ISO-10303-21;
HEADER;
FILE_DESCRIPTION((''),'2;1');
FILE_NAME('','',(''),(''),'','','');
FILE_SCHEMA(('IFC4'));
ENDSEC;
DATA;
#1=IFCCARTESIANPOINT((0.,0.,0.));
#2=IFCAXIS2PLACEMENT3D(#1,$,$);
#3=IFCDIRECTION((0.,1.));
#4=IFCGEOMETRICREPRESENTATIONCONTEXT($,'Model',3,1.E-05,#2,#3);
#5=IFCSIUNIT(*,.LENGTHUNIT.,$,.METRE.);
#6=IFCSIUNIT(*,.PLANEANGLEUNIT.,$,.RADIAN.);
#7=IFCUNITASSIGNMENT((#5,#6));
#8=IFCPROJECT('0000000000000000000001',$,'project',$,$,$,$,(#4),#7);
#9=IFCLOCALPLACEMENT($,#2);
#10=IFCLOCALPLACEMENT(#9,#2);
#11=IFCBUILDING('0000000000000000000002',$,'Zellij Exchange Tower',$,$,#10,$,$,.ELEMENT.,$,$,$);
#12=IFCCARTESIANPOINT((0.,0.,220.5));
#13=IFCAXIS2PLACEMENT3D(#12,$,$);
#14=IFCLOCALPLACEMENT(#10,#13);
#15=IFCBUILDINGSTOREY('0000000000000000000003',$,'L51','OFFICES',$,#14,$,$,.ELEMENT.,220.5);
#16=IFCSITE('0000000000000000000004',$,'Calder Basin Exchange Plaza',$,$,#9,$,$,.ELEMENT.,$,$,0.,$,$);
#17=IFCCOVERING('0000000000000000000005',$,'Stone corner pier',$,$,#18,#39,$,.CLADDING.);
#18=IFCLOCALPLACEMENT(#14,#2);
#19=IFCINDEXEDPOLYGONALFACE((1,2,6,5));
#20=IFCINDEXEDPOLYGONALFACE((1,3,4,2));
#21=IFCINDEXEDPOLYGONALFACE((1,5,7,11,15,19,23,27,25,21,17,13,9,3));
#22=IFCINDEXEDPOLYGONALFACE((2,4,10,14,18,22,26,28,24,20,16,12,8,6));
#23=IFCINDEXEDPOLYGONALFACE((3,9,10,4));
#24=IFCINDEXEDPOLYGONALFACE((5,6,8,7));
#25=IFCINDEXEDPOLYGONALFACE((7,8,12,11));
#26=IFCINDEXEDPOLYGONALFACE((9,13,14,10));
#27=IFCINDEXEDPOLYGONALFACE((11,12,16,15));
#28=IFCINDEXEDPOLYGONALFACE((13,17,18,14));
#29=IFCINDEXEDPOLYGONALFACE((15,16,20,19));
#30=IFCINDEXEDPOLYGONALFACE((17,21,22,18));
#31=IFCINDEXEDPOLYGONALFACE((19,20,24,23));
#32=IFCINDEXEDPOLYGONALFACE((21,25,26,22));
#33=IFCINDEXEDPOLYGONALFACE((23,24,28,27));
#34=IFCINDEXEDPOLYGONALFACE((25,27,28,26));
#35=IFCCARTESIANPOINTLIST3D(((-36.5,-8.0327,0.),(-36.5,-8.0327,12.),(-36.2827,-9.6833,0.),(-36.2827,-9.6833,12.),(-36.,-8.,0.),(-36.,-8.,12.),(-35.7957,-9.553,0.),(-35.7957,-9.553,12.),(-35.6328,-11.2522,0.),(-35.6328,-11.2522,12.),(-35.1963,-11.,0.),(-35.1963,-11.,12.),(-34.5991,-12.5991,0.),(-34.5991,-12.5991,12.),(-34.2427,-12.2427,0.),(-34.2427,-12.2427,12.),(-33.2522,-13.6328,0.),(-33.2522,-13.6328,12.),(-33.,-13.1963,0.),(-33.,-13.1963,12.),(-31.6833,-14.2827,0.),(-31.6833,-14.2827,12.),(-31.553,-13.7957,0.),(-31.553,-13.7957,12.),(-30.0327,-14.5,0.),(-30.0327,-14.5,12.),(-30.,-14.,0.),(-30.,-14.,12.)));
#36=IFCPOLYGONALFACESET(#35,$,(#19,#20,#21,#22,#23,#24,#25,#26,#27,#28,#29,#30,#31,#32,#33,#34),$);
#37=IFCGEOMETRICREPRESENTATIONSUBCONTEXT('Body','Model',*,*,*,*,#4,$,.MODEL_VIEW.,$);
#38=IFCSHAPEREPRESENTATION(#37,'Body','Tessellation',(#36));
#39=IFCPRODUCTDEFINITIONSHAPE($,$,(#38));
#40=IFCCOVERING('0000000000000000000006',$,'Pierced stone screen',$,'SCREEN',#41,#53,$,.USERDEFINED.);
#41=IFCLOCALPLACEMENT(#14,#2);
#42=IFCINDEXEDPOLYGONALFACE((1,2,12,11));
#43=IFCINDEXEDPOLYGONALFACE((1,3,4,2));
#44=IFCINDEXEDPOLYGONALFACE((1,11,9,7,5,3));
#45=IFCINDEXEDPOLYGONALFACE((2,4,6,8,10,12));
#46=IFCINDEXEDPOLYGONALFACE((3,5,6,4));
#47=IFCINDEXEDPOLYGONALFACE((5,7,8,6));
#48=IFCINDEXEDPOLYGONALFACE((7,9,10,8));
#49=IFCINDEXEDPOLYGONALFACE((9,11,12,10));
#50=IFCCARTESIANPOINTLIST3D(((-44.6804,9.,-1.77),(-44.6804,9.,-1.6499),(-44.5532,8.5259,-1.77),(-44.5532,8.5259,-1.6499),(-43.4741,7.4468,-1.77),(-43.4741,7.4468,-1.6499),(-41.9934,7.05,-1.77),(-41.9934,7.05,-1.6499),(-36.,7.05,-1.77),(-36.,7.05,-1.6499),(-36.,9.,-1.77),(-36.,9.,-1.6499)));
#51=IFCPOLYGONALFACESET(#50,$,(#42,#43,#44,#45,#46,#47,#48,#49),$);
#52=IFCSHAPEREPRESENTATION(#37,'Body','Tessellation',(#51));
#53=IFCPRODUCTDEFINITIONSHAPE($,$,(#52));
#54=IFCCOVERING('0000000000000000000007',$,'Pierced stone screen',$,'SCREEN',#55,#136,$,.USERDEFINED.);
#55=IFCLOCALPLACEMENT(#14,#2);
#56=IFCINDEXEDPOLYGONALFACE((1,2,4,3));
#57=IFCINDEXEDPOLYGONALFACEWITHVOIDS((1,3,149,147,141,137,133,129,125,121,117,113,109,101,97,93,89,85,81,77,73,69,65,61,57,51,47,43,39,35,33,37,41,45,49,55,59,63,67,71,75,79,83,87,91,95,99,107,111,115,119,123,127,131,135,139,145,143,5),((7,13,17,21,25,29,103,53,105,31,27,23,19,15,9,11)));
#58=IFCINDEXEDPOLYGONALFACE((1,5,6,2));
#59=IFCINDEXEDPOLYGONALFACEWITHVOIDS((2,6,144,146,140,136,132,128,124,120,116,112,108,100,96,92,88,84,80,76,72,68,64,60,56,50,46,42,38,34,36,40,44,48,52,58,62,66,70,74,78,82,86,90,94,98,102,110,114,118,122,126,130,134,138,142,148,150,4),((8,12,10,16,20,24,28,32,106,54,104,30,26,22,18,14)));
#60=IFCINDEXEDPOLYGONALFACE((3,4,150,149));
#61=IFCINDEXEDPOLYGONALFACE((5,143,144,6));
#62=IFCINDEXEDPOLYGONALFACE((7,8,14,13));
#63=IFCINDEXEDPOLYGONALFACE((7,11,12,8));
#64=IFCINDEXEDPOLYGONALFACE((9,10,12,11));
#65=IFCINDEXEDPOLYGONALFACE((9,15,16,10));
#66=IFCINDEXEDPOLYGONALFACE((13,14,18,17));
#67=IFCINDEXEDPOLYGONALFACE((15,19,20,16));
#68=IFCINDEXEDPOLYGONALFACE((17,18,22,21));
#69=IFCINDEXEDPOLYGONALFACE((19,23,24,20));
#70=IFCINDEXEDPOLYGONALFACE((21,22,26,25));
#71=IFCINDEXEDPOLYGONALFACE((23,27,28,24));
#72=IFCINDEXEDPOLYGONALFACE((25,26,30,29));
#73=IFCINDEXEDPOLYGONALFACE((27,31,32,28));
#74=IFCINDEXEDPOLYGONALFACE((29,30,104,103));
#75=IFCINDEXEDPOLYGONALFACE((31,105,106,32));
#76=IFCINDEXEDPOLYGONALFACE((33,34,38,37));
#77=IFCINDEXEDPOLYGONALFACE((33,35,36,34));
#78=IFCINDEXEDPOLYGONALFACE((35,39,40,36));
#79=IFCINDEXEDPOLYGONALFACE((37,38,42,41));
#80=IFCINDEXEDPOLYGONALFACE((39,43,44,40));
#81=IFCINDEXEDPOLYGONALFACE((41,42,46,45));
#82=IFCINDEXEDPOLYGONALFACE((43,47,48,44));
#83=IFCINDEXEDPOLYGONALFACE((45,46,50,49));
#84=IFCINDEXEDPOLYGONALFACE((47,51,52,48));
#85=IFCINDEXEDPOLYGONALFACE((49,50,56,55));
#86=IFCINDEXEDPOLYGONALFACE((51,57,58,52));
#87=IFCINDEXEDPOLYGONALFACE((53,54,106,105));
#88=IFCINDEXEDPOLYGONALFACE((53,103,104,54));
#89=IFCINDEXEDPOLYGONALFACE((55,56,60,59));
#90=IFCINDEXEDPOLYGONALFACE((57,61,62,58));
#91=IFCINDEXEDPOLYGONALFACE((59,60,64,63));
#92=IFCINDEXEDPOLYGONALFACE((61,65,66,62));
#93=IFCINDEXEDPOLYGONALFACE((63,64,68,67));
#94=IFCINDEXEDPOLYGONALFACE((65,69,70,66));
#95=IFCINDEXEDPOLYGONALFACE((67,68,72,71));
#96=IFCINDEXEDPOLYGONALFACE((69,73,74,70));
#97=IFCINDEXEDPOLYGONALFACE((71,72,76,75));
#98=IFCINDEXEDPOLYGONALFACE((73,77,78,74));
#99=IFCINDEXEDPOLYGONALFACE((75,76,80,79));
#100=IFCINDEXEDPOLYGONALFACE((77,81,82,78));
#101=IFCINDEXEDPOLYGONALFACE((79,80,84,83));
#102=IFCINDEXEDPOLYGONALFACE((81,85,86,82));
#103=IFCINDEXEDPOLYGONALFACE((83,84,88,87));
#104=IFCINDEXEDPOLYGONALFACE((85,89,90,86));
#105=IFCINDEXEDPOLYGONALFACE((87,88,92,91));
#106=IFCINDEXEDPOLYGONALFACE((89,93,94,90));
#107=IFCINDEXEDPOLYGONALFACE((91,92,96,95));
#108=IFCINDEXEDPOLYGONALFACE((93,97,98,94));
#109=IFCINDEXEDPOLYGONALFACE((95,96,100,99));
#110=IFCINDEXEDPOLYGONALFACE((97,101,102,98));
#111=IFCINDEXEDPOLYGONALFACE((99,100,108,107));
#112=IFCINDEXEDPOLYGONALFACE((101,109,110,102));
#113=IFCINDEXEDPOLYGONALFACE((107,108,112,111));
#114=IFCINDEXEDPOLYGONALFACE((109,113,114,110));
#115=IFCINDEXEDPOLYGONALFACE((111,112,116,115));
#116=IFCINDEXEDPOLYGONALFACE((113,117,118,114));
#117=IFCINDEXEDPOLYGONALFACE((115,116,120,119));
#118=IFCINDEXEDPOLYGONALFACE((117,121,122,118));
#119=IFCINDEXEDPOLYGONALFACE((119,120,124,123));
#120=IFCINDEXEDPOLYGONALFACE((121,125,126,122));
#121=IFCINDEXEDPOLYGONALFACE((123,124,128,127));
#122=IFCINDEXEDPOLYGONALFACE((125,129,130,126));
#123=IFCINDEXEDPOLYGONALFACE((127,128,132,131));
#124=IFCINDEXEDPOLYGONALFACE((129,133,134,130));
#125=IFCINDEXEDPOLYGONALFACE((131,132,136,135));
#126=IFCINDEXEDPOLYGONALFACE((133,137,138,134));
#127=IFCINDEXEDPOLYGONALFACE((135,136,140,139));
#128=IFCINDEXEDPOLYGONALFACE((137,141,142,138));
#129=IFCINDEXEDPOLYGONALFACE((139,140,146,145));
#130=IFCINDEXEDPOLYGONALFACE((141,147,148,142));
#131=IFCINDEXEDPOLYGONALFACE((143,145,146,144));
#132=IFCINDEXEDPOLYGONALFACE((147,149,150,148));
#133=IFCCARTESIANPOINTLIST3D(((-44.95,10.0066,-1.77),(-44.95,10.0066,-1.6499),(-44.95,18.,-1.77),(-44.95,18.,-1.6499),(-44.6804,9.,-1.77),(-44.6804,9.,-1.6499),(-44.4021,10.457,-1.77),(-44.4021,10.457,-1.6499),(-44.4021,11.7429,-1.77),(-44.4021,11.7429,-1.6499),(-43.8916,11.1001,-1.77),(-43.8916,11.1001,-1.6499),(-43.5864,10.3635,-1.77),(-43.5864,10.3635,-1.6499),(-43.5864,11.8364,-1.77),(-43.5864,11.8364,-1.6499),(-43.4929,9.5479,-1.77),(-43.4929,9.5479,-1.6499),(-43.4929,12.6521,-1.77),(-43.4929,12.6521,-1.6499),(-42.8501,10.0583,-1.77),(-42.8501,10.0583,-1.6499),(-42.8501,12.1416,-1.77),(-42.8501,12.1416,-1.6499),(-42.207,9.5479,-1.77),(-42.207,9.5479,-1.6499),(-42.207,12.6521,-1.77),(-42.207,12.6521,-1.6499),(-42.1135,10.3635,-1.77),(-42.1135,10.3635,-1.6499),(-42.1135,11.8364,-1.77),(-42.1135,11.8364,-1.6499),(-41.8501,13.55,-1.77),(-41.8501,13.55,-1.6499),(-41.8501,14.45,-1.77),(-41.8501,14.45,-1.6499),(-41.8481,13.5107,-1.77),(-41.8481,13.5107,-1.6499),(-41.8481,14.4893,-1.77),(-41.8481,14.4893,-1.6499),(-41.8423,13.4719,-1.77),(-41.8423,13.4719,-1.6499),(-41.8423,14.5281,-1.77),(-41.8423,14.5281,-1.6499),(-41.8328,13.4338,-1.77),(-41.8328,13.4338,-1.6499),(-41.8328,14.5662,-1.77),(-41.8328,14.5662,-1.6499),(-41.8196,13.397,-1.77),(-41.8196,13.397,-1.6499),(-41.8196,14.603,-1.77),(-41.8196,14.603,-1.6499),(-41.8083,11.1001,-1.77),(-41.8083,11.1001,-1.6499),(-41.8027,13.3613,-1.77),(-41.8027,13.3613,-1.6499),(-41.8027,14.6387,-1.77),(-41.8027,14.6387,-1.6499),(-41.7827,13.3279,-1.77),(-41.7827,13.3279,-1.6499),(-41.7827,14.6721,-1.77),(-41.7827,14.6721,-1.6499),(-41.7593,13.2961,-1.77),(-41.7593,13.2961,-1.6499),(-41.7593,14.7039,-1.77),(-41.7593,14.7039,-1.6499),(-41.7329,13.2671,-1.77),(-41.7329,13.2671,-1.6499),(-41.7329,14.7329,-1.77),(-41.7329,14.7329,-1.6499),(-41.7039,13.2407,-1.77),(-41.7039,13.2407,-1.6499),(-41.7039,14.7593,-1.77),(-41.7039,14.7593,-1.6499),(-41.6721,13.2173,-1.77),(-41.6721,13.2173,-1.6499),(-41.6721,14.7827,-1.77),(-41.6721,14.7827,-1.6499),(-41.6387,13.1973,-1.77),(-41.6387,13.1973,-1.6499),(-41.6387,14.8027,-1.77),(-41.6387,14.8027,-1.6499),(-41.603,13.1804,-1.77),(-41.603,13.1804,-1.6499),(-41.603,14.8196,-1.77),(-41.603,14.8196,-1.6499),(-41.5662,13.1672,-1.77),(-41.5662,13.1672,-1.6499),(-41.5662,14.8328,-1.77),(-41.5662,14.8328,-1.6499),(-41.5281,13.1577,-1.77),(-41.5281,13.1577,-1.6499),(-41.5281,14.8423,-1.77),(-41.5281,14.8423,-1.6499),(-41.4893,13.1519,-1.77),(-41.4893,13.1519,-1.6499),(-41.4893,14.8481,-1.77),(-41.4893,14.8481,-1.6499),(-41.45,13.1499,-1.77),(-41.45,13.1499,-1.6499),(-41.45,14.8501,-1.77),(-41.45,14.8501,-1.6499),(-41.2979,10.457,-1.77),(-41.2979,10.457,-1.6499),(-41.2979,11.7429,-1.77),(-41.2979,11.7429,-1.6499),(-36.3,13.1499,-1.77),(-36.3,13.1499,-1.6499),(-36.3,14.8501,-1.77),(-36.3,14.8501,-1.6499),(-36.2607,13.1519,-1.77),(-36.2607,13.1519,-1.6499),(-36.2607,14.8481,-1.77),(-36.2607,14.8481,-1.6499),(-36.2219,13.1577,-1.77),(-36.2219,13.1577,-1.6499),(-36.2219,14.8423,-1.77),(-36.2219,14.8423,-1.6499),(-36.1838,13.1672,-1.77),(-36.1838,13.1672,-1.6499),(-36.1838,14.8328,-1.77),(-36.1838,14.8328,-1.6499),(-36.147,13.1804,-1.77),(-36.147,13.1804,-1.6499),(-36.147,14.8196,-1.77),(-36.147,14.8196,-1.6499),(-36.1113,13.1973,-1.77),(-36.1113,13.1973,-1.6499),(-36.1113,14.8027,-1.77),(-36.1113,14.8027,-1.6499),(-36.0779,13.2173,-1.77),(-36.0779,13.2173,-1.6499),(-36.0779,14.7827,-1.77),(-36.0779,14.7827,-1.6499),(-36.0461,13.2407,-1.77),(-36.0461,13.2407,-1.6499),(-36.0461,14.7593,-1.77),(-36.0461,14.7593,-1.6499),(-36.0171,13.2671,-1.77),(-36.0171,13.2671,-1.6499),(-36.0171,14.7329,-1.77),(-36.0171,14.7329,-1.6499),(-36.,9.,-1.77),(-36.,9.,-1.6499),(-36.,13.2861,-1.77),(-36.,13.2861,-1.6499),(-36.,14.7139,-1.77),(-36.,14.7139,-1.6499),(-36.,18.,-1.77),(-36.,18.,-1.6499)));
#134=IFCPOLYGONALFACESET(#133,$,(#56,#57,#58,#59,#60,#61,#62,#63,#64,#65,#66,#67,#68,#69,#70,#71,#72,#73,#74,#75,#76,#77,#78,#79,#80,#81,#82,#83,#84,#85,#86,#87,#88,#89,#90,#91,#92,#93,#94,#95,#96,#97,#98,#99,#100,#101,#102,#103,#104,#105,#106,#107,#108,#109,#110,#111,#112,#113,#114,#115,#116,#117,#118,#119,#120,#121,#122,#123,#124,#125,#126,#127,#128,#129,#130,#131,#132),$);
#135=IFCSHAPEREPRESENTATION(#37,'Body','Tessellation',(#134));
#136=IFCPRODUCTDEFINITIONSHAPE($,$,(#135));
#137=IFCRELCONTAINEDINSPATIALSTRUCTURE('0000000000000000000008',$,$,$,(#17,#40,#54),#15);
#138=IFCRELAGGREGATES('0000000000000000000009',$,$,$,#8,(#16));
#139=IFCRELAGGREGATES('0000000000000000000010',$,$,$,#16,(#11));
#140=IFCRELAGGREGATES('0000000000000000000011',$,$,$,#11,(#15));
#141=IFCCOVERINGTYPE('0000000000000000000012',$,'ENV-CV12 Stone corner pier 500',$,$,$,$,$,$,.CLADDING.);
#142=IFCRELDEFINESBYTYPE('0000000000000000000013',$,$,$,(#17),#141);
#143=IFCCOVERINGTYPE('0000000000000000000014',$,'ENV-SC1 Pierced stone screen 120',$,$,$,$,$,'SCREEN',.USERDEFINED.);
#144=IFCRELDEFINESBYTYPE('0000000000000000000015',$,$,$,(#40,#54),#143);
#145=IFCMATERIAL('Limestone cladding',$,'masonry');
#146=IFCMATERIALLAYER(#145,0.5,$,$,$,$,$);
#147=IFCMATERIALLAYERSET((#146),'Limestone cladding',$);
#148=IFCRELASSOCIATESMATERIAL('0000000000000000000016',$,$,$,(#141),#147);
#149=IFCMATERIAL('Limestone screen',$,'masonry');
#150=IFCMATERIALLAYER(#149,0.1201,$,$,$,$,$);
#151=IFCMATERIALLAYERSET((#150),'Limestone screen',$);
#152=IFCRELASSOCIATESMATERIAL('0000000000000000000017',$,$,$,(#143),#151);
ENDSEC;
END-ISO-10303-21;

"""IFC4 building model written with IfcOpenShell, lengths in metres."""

from ifc_helpers import new_model, si_unit, direction, frame, origin, place, context, subcontext, project, spatial, polyline, outline, extrude, material, layer, layer_set, type_object, element, save


model = new_model("IFC4")

# Units and contexts
model_context = context("Model", 3, precision=1e-05, world=origin(), true_north=direction((0.0, 1.0)))
body_context = subcontext(model_context, "Body", "Model", "MODEL_VIEW")
ifc_project = project(units=[si_unit("LENGTHUNIT", "METRE"), si_unit("PLANEANGLEUNIT", "RADIAN")], contexts=[model_context])

# Site, building, storey
site_placement = place(None, origin())
site = spatial("IfcSite", under=ifc_project, at=site_placement, Name="Calder Basin Exchange Plaza", CompositionType="ELEMENT", RefElevation=0.0)
building_placement = place(site_placement, origin())
building = spatial("IfcBuilding", under=site, at=building_placement, Name="Zellij Exchange Tower", CompositionType="ELEMENT")
storey_placement = place(building_placement, frame((0.0, 0.0, 220.5)))
storey = spatial("IfcBuildingStorey", under=building, at=storey_placement, Name="L51", Description="OFFICES", CompositionType="ELEMENT", Elevation=220.5)

# Coverings
ifc_material_1 = material(Name="Limestone cladding", Category="masonry")
ifc_layer_1 = layer(ifc_material_1, 0.5)
ifc_layer_set_1 = layer_set([ifc_layer_1], Name="Limestone cladding")
covering_type_1 = type_object("IfcCoveringType", Name="ENV-CV12 Stone corner pier 500", PredefinedType="CLADDING", material=ifc_layer_set_1)
covering_1_placement = place(storey_placement, origin())
element("IfcCovering", 1, at=covering_1_placement, inside=storey, type_object=covering_type_1, Name="Stone corner pier", PredefinedType="CLADDING", context=body_context, shape_type="SweptSolid", body=[
    extrude(outline(polyline([(-36.0, -8.0), (-35.7957, -9.553), (-35.1963, -11.0), (-34.2427, -12.2427), (-33.0, -13.1963), (-31.553, -13.7957), (-30.0, -14.0), (-30.0327, -14.5), (-31.6833, -14.2827), (-33.2522, -13.6328), (-34.5991, -12.5991), (-35.6328, -11.2522), (-36.2827, -9.6833), (-36.5, -8.0327), (-36.0, -8.0)])), origin(), (0.0, 0.0, 1.0), 12.0),
])
ifc_material_2 = material(Name="Limestone screen", Category="masonry")
ifc_layer_2 = layer(ifc_material_2, 0.1201)
ifc_layer_set_2 = layer_set([ifc_layer_2], Name="Limestone screen")
covering_type_2 = type_object("IfcCoveringType", Name="ENV-SC1 Pierced stone screen 120", ElementType="SCREEN", PredefinedType="USERDEFINED", material=ifc_layer_set_2)
covering_2_placement = place(storey_placement, frame((0.0, 0.0, -1.77)))
element("IfcCovering", 2, at=covering_2_placement, inside=storey, type_object=covering_type_2, Name="Pierced stone screen", ObjectType="SCREEN", PredefinedType="USERDEFINED", context=body_context, shape_type="SweptSolid", body=[
    extrude(outline(polyline([(-41.9934, 7.05), (-43.4741, 7.4468), (-44.5532, 8.5259), (-44.6804, 9.0), (-36.0, 9.0), (-36.0, 7.05), (-41.9934, 7.05)])), origin(), (0.0, 0.0, 1.0), 0.1201),
])
covering_3_placement = place(storey_placement, frame((0.0, 0.0, -1.77)))
element("IfcCovering", 3, at=covering_3_placement, inside=storey, type_object=covering_type_2, Name="Pierced stone screen", ObjectType="SCREEN", PredefinedType="USERDEFINED", context=body_context, shape_type="SweptSolid", body=[
    extrude(outline(polyline([(-44.95, 10.0066), (-44.95, 18.0), (-36.0, 18.0), (-36.0, 14.7139), (-36.0171, 14.7329), (-36.0461, 14.7593), (-36.0779, 14.7827), (-36.1113, 14.8027), (-36.147, 14.8196), (-36.1838, 14.8328), (-36.2219, 14.8423), (-36.2607, 14.8481), (-36.3, 14.8501), (-41.45, 14.8501), (-41.4893, 14.8481), (-41.5281, 14.8423), (-41.5662, 14.8328), (-41.603, 14.8196), (-41.6387, 14.8027), (-41.6721, 14.7827), (-41.7039, 14.7593), (-41.7329, 14.7329), (-41.7593, 14.7039), (-41.7827, 14.6721), (-41.8027, 14.6387), (-41.8196, 14.603), (-41.8328, 14.5662), (-41.8423, 14.5281), (-41.8481, 14.4893), (-41.8501, 14.45), (-41.8501, 13.55), (-41.8481, 13.5107), (-41.8423, 13.4719), (-41.8328, 13.4338), (-41.8196, 13.397), (-41.8027, 13.3613), (-41.7827, 13.3279), (-41.7593, 13.2961), (-41.7329, 13.2671), (-41.7039, 13.2407), (-41.6721, 13.2173), (-41.6387, 13.1973), (-41.603, 13.1804), (-41.5662, 13.1672), (-41.5281, 13.1577), (-41.4893, 13.1519), (-41.45, 13.1499), (-36.3, 13.1499), (-36.2607, 13.1519), (-36.2219, 13.1577), (-36.1838, 13.1672), (-36.147, 13.1804), (-36.1113, 13.1973), (-36.0779, 13.2173), (-36.0461, 13.2407), (-36.0171, 13.2671), (-36.0, 13.2861), (-36.0, 9.0), (-44.6804, 9.0), (-44.95, 10.0066)]), holes=[polyline([(-41.2979, 11.7429), (-42.1135, 11.8364), (-42.207, 12.6521), (-42.8501, 12.1416), (-43.4929, 12.6521), (-43.5864, 11.8364), (-44.4021, 11.7429), (-43.8916, 11.1001), (-44.4021, 10.457), (-43.5864, 10.3635), (-43.4929, 9.5479), (-42.8501, 10.0583), (-42.207, 9.5479), (-42.1135, 10.3635), (-41.2979, 10.457), (-41.8083, 11.1001), (-41.2979, 11.7429)])]), origin(), (0.0, 0.0, 1.0), 0.1201),
])

save(model, "model.ifc")
